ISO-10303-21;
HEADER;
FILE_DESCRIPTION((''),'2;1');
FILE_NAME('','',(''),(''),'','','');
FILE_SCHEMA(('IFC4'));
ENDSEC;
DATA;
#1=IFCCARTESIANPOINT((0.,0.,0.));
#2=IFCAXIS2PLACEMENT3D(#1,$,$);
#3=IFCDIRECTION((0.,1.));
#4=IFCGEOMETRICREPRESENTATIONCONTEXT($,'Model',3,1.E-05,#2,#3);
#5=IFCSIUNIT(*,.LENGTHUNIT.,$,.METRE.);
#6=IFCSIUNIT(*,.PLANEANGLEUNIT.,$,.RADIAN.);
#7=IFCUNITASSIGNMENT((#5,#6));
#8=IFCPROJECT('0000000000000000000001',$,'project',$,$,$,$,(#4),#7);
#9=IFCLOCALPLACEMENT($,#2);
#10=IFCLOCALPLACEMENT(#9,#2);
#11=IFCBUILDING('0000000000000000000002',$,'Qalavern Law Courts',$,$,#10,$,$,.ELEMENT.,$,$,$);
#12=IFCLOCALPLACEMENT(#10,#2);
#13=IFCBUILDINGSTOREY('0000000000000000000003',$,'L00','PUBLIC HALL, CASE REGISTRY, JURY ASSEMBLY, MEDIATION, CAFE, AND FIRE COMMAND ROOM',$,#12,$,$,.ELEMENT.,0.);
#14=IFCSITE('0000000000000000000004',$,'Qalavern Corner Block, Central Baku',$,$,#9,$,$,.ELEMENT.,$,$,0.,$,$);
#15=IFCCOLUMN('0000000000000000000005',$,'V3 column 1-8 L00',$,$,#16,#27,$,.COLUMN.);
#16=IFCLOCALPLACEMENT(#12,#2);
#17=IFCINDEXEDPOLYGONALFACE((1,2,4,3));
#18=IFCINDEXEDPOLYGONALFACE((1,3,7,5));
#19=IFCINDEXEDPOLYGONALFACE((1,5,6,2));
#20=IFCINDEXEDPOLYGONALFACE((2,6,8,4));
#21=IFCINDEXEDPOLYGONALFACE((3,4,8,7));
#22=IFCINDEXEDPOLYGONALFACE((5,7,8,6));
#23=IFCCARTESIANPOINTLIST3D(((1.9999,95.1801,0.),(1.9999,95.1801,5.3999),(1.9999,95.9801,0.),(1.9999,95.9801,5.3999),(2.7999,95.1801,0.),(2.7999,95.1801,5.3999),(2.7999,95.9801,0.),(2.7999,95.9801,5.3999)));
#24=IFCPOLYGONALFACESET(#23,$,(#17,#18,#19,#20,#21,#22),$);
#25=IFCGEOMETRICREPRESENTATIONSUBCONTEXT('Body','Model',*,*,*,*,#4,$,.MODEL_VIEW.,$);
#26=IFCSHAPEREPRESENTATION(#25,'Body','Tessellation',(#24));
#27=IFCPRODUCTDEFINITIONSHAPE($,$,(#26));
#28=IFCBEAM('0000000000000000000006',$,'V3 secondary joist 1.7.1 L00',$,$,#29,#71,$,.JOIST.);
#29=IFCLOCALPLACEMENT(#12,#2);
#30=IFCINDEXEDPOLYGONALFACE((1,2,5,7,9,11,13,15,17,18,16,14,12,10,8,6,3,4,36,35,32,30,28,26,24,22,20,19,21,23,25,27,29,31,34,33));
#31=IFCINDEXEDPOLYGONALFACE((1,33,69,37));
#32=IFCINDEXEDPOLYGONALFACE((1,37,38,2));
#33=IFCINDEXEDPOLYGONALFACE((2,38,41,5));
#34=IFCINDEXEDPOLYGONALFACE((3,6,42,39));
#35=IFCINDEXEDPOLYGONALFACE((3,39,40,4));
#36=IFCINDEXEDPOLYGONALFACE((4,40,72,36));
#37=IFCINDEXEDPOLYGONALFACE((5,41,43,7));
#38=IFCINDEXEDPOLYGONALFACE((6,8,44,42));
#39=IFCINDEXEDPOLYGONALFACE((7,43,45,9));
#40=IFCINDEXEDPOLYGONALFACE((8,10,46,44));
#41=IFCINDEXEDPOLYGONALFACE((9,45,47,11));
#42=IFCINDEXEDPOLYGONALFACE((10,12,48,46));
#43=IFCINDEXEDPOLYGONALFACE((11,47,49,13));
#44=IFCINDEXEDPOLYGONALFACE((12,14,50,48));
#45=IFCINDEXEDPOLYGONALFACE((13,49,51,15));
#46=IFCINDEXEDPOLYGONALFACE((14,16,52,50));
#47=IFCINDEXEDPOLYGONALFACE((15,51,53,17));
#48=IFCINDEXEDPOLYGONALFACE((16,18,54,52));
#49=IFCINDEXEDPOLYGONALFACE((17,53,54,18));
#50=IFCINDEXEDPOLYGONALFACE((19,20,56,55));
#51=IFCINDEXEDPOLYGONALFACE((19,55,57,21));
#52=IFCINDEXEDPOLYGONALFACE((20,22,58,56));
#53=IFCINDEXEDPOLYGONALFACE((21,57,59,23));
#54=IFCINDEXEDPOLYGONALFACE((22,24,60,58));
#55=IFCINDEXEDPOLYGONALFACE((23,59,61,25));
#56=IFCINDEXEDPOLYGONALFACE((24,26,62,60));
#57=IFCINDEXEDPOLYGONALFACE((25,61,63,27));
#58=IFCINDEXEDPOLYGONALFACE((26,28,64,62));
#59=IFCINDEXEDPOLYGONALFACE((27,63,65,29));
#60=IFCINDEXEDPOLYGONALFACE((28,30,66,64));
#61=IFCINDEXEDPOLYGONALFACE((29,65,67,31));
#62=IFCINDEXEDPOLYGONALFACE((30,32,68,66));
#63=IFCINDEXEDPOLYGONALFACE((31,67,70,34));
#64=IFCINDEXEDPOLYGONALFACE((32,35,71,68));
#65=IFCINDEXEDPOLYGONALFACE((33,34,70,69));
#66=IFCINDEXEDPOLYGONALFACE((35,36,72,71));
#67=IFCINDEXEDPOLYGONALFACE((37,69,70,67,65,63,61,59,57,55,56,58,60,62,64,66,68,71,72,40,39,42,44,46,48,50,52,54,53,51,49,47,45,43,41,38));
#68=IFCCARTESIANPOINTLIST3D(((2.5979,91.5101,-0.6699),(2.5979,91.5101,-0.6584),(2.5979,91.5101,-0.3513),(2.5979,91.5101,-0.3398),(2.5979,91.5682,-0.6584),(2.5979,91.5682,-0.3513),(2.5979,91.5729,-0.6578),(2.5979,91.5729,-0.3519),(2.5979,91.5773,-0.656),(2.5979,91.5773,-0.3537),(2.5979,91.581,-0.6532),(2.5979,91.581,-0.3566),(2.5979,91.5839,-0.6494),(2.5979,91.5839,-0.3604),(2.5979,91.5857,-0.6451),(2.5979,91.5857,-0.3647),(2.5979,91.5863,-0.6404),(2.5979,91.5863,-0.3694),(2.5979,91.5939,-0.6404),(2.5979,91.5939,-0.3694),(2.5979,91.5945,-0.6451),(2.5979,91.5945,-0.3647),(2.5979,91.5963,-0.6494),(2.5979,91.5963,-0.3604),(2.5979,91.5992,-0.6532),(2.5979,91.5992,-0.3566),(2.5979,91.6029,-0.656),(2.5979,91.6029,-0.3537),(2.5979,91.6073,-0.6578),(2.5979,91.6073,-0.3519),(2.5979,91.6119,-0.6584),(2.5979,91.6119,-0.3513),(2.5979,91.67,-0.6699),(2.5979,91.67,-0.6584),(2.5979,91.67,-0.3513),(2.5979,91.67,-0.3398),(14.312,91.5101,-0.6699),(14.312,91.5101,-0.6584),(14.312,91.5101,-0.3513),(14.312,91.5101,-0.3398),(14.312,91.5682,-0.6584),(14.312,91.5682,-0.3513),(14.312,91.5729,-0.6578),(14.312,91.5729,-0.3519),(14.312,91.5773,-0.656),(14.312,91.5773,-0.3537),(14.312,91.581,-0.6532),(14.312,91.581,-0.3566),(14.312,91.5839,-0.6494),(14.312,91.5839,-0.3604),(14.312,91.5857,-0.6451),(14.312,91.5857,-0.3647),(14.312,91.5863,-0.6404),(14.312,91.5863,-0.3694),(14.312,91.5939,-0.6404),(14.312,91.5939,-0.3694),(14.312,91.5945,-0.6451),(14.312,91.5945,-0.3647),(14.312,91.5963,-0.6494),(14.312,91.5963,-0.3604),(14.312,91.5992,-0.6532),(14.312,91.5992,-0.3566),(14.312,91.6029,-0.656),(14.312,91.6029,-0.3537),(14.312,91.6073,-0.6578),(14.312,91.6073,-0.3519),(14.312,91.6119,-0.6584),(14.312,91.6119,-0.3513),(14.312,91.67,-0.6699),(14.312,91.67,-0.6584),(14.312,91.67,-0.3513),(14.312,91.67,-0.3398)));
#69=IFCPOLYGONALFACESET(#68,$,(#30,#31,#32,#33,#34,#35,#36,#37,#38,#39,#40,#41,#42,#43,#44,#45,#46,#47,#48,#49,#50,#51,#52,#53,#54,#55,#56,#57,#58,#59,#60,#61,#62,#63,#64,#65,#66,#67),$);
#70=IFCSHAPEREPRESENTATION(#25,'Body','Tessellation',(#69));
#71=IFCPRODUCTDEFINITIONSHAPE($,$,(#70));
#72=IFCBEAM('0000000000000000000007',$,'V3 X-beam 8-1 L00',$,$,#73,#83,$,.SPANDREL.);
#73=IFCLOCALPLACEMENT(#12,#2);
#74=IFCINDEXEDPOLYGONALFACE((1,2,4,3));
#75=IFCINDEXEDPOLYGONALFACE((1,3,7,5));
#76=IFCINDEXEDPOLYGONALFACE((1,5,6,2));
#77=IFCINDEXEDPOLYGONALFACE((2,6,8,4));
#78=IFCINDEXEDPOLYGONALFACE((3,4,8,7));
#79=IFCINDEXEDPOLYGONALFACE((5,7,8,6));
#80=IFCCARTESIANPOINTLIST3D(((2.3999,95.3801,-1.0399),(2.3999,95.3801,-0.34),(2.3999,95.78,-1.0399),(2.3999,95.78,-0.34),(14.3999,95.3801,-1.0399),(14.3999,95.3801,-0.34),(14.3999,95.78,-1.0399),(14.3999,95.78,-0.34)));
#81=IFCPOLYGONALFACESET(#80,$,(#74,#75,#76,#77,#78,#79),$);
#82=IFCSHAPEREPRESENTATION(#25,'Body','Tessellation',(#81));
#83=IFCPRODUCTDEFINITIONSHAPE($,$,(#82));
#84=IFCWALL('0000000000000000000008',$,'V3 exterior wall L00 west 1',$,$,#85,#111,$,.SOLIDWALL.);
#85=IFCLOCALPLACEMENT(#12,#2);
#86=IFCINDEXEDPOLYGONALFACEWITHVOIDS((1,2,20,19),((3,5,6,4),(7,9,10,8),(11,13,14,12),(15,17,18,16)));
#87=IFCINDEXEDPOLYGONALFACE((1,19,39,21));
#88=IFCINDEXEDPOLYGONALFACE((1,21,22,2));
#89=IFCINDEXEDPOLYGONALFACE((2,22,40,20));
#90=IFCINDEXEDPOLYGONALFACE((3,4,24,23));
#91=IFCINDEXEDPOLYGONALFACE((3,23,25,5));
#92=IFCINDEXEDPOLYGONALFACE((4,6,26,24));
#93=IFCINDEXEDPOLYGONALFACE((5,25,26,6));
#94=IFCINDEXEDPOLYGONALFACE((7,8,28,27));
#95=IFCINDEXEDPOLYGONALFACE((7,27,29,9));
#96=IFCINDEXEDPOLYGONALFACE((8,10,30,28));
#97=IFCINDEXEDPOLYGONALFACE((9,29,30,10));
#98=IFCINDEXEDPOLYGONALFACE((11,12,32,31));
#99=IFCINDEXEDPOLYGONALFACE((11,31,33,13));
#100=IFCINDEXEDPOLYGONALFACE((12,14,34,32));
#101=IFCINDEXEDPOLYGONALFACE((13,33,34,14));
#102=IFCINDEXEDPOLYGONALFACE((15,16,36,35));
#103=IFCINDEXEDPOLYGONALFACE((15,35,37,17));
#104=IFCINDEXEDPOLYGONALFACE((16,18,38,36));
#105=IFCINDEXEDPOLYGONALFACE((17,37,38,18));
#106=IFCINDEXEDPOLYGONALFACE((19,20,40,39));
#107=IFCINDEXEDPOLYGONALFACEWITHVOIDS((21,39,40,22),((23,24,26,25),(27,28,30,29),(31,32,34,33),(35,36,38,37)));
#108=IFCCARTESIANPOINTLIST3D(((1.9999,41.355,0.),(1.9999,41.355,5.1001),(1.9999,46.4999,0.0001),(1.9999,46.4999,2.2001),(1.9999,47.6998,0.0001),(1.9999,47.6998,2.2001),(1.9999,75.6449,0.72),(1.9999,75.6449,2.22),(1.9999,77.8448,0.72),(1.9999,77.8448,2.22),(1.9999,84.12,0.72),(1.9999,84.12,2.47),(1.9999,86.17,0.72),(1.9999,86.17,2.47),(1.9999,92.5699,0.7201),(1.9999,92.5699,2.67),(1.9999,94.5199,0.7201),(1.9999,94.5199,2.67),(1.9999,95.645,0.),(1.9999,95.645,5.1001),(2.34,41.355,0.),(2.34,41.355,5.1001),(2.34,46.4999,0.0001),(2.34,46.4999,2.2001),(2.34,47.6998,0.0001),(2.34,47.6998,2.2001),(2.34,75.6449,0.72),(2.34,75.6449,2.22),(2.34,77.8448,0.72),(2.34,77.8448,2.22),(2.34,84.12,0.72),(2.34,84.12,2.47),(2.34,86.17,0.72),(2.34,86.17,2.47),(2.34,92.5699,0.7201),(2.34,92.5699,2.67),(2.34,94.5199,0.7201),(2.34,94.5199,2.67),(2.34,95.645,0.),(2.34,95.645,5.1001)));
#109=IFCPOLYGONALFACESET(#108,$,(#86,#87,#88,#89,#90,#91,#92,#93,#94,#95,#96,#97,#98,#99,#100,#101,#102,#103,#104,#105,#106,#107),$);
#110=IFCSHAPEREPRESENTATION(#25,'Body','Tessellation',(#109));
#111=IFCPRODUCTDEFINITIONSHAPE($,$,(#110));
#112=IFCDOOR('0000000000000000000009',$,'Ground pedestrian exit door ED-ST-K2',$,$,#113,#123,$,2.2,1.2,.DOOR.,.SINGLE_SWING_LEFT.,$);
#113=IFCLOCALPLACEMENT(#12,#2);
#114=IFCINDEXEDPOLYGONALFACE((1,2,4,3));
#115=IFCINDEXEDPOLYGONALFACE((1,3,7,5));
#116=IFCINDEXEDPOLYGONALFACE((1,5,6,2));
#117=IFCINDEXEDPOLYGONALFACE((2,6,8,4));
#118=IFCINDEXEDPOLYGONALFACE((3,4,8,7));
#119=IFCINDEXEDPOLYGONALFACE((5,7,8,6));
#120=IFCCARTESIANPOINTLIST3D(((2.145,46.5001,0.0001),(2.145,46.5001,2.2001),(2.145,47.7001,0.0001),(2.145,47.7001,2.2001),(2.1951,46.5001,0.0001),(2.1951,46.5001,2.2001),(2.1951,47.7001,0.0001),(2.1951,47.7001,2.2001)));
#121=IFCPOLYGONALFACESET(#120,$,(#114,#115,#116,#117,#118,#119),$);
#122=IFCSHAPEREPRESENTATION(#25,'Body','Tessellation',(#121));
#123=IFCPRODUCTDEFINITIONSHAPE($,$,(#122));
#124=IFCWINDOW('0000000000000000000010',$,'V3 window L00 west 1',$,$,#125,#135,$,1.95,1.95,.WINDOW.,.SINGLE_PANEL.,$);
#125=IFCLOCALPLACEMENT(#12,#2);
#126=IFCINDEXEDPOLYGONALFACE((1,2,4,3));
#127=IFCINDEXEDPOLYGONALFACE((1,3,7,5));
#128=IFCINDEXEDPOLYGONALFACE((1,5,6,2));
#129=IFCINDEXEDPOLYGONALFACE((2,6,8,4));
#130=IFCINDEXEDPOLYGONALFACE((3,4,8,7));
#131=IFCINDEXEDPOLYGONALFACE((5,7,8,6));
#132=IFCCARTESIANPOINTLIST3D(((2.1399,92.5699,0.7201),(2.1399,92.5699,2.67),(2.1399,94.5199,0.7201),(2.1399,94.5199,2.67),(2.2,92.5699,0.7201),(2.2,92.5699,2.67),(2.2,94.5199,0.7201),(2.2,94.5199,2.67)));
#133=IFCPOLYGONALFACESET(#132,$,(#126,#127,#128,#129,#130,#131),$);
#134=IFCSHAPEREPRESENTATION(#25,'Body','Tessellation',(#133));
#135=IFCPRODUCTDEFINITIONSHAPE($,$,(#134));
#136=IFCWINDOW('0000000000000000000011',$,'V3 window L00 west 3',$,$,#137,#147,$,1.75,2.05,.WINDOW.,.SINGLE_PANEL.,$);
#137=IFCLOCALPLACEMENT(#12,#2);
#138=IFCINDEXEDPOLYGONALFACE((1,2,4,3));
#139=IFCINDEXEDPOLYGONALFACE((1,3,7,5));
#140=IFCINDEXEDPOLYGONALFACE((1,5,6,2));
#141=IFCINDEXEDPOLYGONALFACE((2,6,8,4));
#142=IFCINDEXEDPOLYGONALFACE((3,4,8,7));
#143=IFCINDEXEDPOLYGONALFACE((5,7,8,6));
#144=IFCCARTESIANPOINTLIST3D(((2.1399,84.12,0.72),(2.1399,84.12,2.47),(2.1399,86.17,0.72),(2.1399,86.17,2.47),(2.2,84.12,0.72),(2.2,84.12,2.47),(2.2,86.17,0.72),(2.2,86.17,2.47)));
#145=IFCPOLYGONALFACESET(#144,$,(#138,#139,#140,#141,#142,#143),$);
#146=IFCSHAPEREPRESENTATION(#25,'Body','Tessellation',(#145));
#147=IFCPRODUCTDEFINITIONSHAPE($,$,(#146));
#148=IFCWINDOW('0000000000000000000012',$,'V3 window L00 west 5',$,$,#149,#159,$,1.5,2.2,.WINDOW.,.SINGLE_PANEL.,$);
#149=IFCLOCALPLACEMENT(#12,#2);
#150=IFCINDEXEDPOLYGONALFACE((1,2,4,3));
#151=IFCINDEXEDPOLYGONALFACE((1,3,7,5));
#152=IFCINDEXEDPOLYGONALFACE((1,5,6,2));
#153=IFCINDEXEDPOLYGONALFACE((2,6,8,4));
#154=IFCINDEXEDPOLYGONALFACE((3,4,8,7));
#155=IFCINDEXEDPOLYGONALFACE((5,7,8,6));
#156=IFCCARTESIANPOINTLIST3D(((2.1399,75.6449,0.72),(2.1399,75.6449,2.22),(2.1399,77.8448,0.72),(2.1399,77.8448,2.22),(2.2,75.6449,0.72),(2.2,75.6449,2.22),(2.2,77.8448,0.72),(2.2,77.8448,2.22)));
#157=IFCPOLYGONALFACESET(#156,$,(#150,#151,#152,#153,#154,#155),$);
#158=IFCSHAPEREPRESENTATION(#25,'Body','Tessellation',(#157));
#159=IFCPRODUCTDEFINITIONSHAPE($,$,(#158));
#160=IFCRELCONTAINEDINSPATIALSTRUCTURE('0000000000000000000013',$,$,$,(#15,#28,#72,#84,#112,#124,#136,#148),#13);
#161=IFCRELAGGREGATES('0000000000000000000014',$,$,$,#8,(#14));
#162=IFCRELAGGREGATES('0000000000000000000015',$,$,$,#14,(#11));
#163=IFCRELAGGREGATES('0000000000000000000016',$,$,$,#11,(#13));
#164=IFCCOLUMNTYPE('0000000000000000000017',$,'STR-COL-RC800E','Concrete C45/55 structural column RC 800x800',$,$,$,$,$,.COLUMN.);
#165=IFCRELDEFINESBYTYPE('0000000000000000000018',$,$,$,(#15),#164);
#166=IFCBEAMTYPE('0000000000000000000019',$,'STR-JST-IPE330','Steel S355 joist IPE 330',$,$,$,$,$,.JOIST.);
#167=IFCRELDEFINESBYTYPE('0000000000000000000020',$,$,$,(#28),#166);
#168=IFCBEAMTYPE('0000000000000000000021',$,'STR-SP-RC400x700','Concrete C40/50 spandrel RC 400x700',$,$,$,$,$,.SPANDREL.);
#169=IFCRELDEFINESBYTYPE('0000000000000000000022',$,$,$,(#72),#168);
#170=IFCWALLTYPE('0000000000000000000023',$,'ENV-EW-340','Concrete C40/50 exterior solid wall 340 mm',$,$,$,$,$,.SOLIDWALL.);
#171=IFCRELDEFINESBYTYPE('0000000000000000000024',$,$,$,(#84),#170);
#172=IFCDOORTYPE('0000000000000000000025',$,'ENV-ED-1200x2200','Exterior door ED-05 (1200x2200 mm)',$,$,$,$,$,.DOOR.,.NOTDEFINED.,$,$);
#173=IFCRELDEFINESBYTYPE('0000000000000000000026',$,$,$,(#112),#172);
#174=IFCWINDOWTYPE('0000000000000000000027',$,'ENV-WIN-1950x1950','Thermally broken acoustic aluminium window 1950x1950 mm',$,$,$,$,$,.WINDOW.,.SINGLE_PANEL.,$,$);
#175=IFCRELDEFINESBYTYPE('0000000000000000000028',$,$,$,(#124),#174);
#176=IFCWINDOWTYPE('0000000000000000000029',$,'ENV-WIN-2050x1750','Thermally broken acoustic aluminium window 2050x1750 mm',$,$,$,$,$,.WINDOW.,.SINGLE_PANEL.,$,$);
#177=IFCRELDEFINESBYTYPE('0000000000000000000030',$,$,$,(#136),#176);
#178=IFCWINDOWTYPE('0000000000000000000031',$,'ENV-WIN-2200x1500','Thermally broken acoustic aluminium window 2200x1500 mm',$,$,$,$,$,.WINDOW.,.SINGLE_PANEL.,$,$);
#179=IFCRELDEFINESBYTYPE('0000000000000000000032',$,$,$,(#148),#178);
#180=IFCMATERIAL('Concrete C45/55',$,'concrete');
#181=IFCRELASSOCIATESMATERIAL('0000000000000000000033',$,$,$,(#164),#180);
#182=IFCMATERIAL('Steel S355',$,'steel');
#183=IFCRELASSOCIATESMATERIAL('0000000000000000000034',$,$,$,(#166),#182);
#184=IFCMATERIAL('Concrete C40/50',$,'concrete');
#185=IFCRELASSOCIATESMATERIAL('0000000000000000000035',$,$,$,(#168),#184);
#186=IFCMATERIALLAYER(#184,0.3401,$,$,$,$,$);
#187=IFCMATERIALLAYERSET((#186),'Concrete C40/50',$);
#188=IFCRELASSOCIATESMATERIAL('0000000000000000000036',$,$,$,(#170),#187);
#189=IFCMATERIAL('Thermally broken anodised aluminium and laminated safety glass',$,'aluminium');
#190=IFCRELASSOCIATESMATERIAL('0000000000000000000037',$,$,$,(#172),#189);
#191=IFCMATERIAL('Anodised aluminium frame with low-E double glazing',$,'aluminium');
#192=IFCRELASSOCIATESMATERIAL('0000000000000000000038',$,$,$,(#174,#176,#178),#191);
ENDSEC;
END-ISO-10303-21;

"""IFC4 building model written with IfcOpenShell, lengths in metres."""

from ifc_helpers import new_model, si_unit, direction, frame, frame_2d, origin, origin_2d, place, context, subcontext, project, spatial, rectangle, i_section, extrude, material, layer, layer_set, material_profile, profile_set, type_object, element, fill, save


model = new_model("IFC4")

# Units and contexts
model_context = context("Model", 3, precision=1e-05, world=origin(), true_north=direction((0.0, 1.0)))
body_context = subcontext(model_context, "Body", "Model", "MODEL_VIEW")
ifc_project = project(units=[si_unit("LENGTHUNIT", "METRE"), si_unit("PLANEANGLEUNIT", "RADIAN")], contexts=[model_context])

# Site, building, storey
site_placement = place(None, origin())
site = spatial("IfcSite", under=ifc_project, at=site_placement, Name="Qalavern Corner Block, Central Baku", CompositionType="ELEMENT", RefElevation=0.0)
building_placement = place(site_placement, origin())
building = spatial("IfcBuilding", under=site, at=building_placement, Name="Qalavern Law Courts", CompositionType="ELEMENT")
storey_placement = place(building_placement, origin())
storey = spatial("IfcBuildingStorey", under=building, at=storey_placement, Name="L00", Description="PUBLIC HALL, CASE REGISTRY, JURY ASSEMBLY, MEDIATION, CAFE, AND FIRE COMMAND ROOM", CompositionType="ELEMENT", Elevation=0.0)

# Column
ifc_material_1 = material(Name="Concrete C45/55", Category="concrete")
ifc_material_profile_1 = material_profile(ifc_material_1, rectangle(XDim=0.8, YDim=0.8, at=origin_2d()), Name="RC 800x800")
ifc_profile_set_1 = profile_set([ifc_material_profile_1], Name="Concrete C45/55")
column_type = type_object("IfcColumnType", Name="STR-COL-RC800E", Description="Concrete C45/55 structural column RC 800x800", PredefinedType="COLUMN", material=ifc_profile_set_1)
column_placement = place(storey_placement, frame((2.3999, 95.5801, 0.0), z_axis=(0.0, 0.0, 1.0), x_axis=(1.0, 0.0, 0.0)))
element("IfcColumn", 1, at=column_placement, inside=storey, type_object=column_type, Name="V3 column 1-8 L00", PredefinedType="COLUMN", context=body_context, shape_type="SweptSolid", body=[
    extrude(rectangle(XDim=0.8, YDim=0.8, at=origin_2d()), origin(), (0.0, 0.0, 1.0), 5.3999),
])

# Beams
ifc_material_2 = material(Name="Steel S355", Category="steel")
ifc_material_profile_2 = material_profile(ifc_material_2, i_section(OverallWidth=0.1599, OverallDepth=0.3301, WebThickness=0.0076, FlangeThickness=0.0115, FilletRadius=0.0181, at=origin_2d()), Name="IPE 330")
ifc_profile_set_2 = profile_set([ifc_material_profile_2], Name="Steel S355")
beam_type_1 = type_object("IfcBeamType", Name="STR-JST-IPE330", Description="Steel S355 joist IPE 330", PredefinedType="JOIST", material=ifc_profile_set_2)
beam_1_placement = place(storey_placement, frame((2.5979, 91.5901, -0.5049), z_axis=(1.0, 0.0, 0.0), x_axis=(0.0, 1.0, 0.0)))
element("IfcBeam", 2, at=beam_1_placement, inside=storey, type_object=beam_type_1, Name="V3 secondary joist 1.7.1 L00", PredefinedType="JOIST", context=body_context, shape_type="SweptSolid", body=[
    extrude(i_section(OverallWidth=0.1599, OverallDepth=0.3301, WebThickness=0.0076, FlangeThickness=0.0115, FilletRadius=0.0181, at=origin_2d()), origin(), (0.0, 0.0, 1.0), 11.7141),
])
ifc_material_3 = material(Name="Concrete C40/50", Category="concrete")
ifc_material_profile_3 = material_profile(ifc_material_3, rectangle(XDim=0.3999, YDim=0.7, at=origin_2d()), Name="RC 400x700")
ifc_profile_set_3 = profile_set([ifc_material_profile_3], Name="Concrete C40/50")
beam_type_2 = type_object("IfcBeamType", Name="STR-SP-RC400x700", Description="Concrete C40/50 spandrel RC 400x700", PredefinedType="SPANDREL", material=ifc_profile_set_3)
beam_2_placement = place(storey_placement, frame((2.3999, 95.5801, -0.6899), z_axis=(1.0, 0.0, 0.0), x_axis=(0.0, 1.0, 0.0)))
element("IfcBeam", 3, at=beam_2_placement, inside=storey, type_object=beam_type_2, Name="V3 X-beam 8-1 L00", PredefinedType="SPANDREL", context=body_context, shape_type="SweptSolid", body=[
    extrude(rectangle(XDim=0.3999, YDim=0.7, at=origin_2d()), origin(), (0.0, 0.0, 1.0), 12.0),
])

# Wall, openings, door, windows
ifc_layer_1 = layer(ifc_material_3, 0.3401)
ifc_layer_set_1 = layer_set([ifc_layer_1], Name="Concrete C40/50")
wall_type = type_object("IfcWallType", Name="ENV-EW-340", Description="Concrete C40/50 exterior solid wall 340 mm", PredefinedType="SOLIDWALL", material=ifc_layer_set_1)
wall_placement = place(storey_placement, frame((2.1699, 95.645, 0.0), z_axis=(0.0, 0.0, 1.0), x_axis=(0.0, -1.0, 0.0)))
wall = element("IfcWall", 4, at=wall_placement, inside=storey, type_object=wall_type, Name="V3 exterior wall L00 west 1", PredefinedType="SOLIDWALL", context=body_context, shape_type="SweptSolid", body=[
    extrude(rectangle(XDim=54.29, YDim=0.3401, at=frame_2d((27.145, 0.0))), origin(), (0.0, 0.0, 1.0), 5.1001),
])
opening_1_placement = place(wall_placement, frame((47.9451, 0.0, 0.0)))
opening_1 = element("IfcOpeningElement", 5, at=opening_1_placement, cuts=wall, PredefinedType="OPENING", context=body_context, shape_type="SweptSolid", body=[
    extrude(rectangle(XDim=1.2, YDim=2.2, at=frame_2d((0.6001, 1.1001))), frame((0.0, 0.1851, 0.0), z_axis=(0.0, -1.0, 0.0), x_axis=(1.0, 0.0, 0.0)), (0.0, 0.0, 1.0), 0.3699),
])
opening_2_placement = place(wall_placement, frame((1.125, 0.0, 0.72)))
opening_2 = element("IfcOpeningElement", 6, at=opening_2_placement, cuts=wall, PredefinedType="OPENING", context=body_context, shape_type="SweptSolid", body=[
    extrude(rectangle(XDim=1.95, YDim=1.95, at=frame_2d((0.9751, 0.9751))), frame((0.0, 0.1851, 0.0), z_axis=(0.0, -1.0, 0.0), x_axis=(1.0, 0.0, 0.0)), (0.0, 0.0, 1.0), 0.3699),
])
opening_3_placement = place(wall_placement, frame((9.4751, 0.0, 0.72)))
opening_3 = element("IfcOpeningElement", 7, at=opening_3_placement, cuts=wall, PredefinedType="OPENING", context=body_context, shape_type="SweptSolid", body=[
    extrude(rectangle(XDim=2.05, YDim=1.75, at=frame_2d((1.0249, 0.875))), frame((0.0, 0.1851, 0.0), z_axis=(0.0, -1.0, 0.0), x_axis=(1.0, 0.0, 0.0)), (0.0, 0.0, 1.0), 0.3699),
])
opening_4_placement = place(wall_placement, frame((17.8, 0.0, 0.72)))
opening_4 = element("IfcOpeningElement", 8, at=opening_4_placement, cuts=wall, PredefinedType="OPENING", context=body_context, shape_type="SweptSolid", body=[
    extrude(rectangle(XDim=2.2, YDim=1.5, at=frame_2d((1.1001, 0.75))), frame((0.0, 0.1851, 0.0), z_axis=(0.0, -1.0, 0.0), x_axis=(1.0, 0.0, 0.0)), (0.0, 0.0, 1.0), 0.3699),
])
ifc_material_4 = material(Name="Thermally broken anodised aluminium and laminated safety glass", Category="aluminium")
door_type = type_object("IfcDoorType", Name="ENV-ED-1200x2200", Description="Exterior door ED-05 (1200x2200 mm)", OperationType="NOTDEFINED", PredefinedType="DOOR", material=ifc_material_4)
door_placement = place(opening_1_placement, frame((1.2, 0.0, 0.0), z_axis=(0.0, 0.0, 1.0), x_axis=(-1.0, 0.0, 0.0)))
door = element("IfcDoor", 9, at=door_placement, inside=storey, type_object=door_type, Name="Ground pedestrian exit door ED-ST-K2", OperationType="SINGLE_SWING_LEFT", OverallHeight=2.2, OverallWidth=1.2, PredefinedType="DOOR", context=body_context, shape_type="SweptSolid", body=[
    extrude(rectangle(XDim=1.2, YDim=2.2, at=frame_2d((0.6001, 1.1001))), frame((0.0, 0.0249, 0.0), z_axis=(0.0, -1.0, 0.0), x_axis=(1.0, 0.0, 0.0)), (0.0, 0.0, 1.0), 0.05),
])
fill(opening_1, door)
ifc_material_5 = material(Name="Anodised aluminium frame with low-E double glazing", Category="aluminium")
window_type_1 = type_object("IfcWindowType", Name="ENV-WIN-1950x1950", Description="Thermally broken acoustic aluminium window 1950x1950 mm", PartitioningType="SINGLE_PANEL", PredefinedType="WINDOW", material=ifc_material_5)
window_1_placement = place(opening_2_placement, origin())
window_1 = element("IfcWindow", 10, at=window_1_placement, inside=storey, type_object=window_type_1, Name="V3 window L00 west 1", OverallHeight=1.95, OverallWidth=1.95, PartitioningType="SINGLE_PANEL", PredefinedType="WINDOW", context=body_context, shape_type="SweptSolid", body=[
    extrude(rectangle(XDim=1.95, YDim=1.95, at=frame_2d((0.9751, 0.9751))), frame((0.0, 0.03, 0.0), z_axis=(0.0, -1.0, 0.0), x_axis=(1.0, 0.0, 0.0)), (0.0, 0.0, 1.0), 0.0601),
])
fill(opening_2, window_1)
window_type_2 = type_object("IfcWindowType", Name="ENV-WIN-2050x1750", Description="Thermally broken acoustic aluminium window 2050x1750 mm", PartitioningType="SINGLE_PANEL", PredefinedType="WINDOW", material=ifc_material_5)
window_2_placement = place(opening_3_placement, origin())
window_2 = element("IfcWindow", 11, at=window_2_placement, inside=storey, type_object=window_type_2, Name="V3 window L00 west 3", OverallHeight=1.75, OverallWidth=2.05, PartitioningType="SINGLE_PANEL", PredefinedType="WINDOW", context=body_context, shape_type="SweptSolid", body=[
    extrude(rectangle(XDim=2.05, YDim=1.75, at=frame_2d((1.0249, 0.875))), frame((0.0, 0.03, 0.0), z_axis=(0.0, -1.0, 0.0), x_axis=(1.0, 0.0, 0.0)), (0.0, 0.0, 1.0), 0.0601),
])
fill(opening_3, window_2)
window_type_3 = type_object("IfcWindowType", Name="ENV-WIN-2200x1500", Description="Thermally broken acoustic aluminium window 2200x1500 mm", PartitioningType="SINGLE_PANEL", PredefinedType="WINDOW", material=ifc_material_5)
window_3_placement = place(opening_4_placement, origin())
window_3 = element("IfcWindow", 12, at=window_3_placement, inside=storey, type_object=window_type_3, Name="V3 window L00 west 5", OverallHeight=1.5, OverallWidth=2.2, PartitioningType="SINGLE_PANEL", PredefinedType="WINDOW", context=body_context, shape_type="SweptSolid", body=[
    extrude(rectangle(XDim=2.2, YDim=1.5, at=frame_2d((1.1001, 0.75))), frame((0.0, 0.03, 0.0), z_axis=(0.0, -1.0, 0.0), x_axis=(1.0, 0.0, 0.0)), (0.0, 0.0, 1.0), 0.0601),
])
fill(opening_4, window_3)

save(model, "model.ifc")
